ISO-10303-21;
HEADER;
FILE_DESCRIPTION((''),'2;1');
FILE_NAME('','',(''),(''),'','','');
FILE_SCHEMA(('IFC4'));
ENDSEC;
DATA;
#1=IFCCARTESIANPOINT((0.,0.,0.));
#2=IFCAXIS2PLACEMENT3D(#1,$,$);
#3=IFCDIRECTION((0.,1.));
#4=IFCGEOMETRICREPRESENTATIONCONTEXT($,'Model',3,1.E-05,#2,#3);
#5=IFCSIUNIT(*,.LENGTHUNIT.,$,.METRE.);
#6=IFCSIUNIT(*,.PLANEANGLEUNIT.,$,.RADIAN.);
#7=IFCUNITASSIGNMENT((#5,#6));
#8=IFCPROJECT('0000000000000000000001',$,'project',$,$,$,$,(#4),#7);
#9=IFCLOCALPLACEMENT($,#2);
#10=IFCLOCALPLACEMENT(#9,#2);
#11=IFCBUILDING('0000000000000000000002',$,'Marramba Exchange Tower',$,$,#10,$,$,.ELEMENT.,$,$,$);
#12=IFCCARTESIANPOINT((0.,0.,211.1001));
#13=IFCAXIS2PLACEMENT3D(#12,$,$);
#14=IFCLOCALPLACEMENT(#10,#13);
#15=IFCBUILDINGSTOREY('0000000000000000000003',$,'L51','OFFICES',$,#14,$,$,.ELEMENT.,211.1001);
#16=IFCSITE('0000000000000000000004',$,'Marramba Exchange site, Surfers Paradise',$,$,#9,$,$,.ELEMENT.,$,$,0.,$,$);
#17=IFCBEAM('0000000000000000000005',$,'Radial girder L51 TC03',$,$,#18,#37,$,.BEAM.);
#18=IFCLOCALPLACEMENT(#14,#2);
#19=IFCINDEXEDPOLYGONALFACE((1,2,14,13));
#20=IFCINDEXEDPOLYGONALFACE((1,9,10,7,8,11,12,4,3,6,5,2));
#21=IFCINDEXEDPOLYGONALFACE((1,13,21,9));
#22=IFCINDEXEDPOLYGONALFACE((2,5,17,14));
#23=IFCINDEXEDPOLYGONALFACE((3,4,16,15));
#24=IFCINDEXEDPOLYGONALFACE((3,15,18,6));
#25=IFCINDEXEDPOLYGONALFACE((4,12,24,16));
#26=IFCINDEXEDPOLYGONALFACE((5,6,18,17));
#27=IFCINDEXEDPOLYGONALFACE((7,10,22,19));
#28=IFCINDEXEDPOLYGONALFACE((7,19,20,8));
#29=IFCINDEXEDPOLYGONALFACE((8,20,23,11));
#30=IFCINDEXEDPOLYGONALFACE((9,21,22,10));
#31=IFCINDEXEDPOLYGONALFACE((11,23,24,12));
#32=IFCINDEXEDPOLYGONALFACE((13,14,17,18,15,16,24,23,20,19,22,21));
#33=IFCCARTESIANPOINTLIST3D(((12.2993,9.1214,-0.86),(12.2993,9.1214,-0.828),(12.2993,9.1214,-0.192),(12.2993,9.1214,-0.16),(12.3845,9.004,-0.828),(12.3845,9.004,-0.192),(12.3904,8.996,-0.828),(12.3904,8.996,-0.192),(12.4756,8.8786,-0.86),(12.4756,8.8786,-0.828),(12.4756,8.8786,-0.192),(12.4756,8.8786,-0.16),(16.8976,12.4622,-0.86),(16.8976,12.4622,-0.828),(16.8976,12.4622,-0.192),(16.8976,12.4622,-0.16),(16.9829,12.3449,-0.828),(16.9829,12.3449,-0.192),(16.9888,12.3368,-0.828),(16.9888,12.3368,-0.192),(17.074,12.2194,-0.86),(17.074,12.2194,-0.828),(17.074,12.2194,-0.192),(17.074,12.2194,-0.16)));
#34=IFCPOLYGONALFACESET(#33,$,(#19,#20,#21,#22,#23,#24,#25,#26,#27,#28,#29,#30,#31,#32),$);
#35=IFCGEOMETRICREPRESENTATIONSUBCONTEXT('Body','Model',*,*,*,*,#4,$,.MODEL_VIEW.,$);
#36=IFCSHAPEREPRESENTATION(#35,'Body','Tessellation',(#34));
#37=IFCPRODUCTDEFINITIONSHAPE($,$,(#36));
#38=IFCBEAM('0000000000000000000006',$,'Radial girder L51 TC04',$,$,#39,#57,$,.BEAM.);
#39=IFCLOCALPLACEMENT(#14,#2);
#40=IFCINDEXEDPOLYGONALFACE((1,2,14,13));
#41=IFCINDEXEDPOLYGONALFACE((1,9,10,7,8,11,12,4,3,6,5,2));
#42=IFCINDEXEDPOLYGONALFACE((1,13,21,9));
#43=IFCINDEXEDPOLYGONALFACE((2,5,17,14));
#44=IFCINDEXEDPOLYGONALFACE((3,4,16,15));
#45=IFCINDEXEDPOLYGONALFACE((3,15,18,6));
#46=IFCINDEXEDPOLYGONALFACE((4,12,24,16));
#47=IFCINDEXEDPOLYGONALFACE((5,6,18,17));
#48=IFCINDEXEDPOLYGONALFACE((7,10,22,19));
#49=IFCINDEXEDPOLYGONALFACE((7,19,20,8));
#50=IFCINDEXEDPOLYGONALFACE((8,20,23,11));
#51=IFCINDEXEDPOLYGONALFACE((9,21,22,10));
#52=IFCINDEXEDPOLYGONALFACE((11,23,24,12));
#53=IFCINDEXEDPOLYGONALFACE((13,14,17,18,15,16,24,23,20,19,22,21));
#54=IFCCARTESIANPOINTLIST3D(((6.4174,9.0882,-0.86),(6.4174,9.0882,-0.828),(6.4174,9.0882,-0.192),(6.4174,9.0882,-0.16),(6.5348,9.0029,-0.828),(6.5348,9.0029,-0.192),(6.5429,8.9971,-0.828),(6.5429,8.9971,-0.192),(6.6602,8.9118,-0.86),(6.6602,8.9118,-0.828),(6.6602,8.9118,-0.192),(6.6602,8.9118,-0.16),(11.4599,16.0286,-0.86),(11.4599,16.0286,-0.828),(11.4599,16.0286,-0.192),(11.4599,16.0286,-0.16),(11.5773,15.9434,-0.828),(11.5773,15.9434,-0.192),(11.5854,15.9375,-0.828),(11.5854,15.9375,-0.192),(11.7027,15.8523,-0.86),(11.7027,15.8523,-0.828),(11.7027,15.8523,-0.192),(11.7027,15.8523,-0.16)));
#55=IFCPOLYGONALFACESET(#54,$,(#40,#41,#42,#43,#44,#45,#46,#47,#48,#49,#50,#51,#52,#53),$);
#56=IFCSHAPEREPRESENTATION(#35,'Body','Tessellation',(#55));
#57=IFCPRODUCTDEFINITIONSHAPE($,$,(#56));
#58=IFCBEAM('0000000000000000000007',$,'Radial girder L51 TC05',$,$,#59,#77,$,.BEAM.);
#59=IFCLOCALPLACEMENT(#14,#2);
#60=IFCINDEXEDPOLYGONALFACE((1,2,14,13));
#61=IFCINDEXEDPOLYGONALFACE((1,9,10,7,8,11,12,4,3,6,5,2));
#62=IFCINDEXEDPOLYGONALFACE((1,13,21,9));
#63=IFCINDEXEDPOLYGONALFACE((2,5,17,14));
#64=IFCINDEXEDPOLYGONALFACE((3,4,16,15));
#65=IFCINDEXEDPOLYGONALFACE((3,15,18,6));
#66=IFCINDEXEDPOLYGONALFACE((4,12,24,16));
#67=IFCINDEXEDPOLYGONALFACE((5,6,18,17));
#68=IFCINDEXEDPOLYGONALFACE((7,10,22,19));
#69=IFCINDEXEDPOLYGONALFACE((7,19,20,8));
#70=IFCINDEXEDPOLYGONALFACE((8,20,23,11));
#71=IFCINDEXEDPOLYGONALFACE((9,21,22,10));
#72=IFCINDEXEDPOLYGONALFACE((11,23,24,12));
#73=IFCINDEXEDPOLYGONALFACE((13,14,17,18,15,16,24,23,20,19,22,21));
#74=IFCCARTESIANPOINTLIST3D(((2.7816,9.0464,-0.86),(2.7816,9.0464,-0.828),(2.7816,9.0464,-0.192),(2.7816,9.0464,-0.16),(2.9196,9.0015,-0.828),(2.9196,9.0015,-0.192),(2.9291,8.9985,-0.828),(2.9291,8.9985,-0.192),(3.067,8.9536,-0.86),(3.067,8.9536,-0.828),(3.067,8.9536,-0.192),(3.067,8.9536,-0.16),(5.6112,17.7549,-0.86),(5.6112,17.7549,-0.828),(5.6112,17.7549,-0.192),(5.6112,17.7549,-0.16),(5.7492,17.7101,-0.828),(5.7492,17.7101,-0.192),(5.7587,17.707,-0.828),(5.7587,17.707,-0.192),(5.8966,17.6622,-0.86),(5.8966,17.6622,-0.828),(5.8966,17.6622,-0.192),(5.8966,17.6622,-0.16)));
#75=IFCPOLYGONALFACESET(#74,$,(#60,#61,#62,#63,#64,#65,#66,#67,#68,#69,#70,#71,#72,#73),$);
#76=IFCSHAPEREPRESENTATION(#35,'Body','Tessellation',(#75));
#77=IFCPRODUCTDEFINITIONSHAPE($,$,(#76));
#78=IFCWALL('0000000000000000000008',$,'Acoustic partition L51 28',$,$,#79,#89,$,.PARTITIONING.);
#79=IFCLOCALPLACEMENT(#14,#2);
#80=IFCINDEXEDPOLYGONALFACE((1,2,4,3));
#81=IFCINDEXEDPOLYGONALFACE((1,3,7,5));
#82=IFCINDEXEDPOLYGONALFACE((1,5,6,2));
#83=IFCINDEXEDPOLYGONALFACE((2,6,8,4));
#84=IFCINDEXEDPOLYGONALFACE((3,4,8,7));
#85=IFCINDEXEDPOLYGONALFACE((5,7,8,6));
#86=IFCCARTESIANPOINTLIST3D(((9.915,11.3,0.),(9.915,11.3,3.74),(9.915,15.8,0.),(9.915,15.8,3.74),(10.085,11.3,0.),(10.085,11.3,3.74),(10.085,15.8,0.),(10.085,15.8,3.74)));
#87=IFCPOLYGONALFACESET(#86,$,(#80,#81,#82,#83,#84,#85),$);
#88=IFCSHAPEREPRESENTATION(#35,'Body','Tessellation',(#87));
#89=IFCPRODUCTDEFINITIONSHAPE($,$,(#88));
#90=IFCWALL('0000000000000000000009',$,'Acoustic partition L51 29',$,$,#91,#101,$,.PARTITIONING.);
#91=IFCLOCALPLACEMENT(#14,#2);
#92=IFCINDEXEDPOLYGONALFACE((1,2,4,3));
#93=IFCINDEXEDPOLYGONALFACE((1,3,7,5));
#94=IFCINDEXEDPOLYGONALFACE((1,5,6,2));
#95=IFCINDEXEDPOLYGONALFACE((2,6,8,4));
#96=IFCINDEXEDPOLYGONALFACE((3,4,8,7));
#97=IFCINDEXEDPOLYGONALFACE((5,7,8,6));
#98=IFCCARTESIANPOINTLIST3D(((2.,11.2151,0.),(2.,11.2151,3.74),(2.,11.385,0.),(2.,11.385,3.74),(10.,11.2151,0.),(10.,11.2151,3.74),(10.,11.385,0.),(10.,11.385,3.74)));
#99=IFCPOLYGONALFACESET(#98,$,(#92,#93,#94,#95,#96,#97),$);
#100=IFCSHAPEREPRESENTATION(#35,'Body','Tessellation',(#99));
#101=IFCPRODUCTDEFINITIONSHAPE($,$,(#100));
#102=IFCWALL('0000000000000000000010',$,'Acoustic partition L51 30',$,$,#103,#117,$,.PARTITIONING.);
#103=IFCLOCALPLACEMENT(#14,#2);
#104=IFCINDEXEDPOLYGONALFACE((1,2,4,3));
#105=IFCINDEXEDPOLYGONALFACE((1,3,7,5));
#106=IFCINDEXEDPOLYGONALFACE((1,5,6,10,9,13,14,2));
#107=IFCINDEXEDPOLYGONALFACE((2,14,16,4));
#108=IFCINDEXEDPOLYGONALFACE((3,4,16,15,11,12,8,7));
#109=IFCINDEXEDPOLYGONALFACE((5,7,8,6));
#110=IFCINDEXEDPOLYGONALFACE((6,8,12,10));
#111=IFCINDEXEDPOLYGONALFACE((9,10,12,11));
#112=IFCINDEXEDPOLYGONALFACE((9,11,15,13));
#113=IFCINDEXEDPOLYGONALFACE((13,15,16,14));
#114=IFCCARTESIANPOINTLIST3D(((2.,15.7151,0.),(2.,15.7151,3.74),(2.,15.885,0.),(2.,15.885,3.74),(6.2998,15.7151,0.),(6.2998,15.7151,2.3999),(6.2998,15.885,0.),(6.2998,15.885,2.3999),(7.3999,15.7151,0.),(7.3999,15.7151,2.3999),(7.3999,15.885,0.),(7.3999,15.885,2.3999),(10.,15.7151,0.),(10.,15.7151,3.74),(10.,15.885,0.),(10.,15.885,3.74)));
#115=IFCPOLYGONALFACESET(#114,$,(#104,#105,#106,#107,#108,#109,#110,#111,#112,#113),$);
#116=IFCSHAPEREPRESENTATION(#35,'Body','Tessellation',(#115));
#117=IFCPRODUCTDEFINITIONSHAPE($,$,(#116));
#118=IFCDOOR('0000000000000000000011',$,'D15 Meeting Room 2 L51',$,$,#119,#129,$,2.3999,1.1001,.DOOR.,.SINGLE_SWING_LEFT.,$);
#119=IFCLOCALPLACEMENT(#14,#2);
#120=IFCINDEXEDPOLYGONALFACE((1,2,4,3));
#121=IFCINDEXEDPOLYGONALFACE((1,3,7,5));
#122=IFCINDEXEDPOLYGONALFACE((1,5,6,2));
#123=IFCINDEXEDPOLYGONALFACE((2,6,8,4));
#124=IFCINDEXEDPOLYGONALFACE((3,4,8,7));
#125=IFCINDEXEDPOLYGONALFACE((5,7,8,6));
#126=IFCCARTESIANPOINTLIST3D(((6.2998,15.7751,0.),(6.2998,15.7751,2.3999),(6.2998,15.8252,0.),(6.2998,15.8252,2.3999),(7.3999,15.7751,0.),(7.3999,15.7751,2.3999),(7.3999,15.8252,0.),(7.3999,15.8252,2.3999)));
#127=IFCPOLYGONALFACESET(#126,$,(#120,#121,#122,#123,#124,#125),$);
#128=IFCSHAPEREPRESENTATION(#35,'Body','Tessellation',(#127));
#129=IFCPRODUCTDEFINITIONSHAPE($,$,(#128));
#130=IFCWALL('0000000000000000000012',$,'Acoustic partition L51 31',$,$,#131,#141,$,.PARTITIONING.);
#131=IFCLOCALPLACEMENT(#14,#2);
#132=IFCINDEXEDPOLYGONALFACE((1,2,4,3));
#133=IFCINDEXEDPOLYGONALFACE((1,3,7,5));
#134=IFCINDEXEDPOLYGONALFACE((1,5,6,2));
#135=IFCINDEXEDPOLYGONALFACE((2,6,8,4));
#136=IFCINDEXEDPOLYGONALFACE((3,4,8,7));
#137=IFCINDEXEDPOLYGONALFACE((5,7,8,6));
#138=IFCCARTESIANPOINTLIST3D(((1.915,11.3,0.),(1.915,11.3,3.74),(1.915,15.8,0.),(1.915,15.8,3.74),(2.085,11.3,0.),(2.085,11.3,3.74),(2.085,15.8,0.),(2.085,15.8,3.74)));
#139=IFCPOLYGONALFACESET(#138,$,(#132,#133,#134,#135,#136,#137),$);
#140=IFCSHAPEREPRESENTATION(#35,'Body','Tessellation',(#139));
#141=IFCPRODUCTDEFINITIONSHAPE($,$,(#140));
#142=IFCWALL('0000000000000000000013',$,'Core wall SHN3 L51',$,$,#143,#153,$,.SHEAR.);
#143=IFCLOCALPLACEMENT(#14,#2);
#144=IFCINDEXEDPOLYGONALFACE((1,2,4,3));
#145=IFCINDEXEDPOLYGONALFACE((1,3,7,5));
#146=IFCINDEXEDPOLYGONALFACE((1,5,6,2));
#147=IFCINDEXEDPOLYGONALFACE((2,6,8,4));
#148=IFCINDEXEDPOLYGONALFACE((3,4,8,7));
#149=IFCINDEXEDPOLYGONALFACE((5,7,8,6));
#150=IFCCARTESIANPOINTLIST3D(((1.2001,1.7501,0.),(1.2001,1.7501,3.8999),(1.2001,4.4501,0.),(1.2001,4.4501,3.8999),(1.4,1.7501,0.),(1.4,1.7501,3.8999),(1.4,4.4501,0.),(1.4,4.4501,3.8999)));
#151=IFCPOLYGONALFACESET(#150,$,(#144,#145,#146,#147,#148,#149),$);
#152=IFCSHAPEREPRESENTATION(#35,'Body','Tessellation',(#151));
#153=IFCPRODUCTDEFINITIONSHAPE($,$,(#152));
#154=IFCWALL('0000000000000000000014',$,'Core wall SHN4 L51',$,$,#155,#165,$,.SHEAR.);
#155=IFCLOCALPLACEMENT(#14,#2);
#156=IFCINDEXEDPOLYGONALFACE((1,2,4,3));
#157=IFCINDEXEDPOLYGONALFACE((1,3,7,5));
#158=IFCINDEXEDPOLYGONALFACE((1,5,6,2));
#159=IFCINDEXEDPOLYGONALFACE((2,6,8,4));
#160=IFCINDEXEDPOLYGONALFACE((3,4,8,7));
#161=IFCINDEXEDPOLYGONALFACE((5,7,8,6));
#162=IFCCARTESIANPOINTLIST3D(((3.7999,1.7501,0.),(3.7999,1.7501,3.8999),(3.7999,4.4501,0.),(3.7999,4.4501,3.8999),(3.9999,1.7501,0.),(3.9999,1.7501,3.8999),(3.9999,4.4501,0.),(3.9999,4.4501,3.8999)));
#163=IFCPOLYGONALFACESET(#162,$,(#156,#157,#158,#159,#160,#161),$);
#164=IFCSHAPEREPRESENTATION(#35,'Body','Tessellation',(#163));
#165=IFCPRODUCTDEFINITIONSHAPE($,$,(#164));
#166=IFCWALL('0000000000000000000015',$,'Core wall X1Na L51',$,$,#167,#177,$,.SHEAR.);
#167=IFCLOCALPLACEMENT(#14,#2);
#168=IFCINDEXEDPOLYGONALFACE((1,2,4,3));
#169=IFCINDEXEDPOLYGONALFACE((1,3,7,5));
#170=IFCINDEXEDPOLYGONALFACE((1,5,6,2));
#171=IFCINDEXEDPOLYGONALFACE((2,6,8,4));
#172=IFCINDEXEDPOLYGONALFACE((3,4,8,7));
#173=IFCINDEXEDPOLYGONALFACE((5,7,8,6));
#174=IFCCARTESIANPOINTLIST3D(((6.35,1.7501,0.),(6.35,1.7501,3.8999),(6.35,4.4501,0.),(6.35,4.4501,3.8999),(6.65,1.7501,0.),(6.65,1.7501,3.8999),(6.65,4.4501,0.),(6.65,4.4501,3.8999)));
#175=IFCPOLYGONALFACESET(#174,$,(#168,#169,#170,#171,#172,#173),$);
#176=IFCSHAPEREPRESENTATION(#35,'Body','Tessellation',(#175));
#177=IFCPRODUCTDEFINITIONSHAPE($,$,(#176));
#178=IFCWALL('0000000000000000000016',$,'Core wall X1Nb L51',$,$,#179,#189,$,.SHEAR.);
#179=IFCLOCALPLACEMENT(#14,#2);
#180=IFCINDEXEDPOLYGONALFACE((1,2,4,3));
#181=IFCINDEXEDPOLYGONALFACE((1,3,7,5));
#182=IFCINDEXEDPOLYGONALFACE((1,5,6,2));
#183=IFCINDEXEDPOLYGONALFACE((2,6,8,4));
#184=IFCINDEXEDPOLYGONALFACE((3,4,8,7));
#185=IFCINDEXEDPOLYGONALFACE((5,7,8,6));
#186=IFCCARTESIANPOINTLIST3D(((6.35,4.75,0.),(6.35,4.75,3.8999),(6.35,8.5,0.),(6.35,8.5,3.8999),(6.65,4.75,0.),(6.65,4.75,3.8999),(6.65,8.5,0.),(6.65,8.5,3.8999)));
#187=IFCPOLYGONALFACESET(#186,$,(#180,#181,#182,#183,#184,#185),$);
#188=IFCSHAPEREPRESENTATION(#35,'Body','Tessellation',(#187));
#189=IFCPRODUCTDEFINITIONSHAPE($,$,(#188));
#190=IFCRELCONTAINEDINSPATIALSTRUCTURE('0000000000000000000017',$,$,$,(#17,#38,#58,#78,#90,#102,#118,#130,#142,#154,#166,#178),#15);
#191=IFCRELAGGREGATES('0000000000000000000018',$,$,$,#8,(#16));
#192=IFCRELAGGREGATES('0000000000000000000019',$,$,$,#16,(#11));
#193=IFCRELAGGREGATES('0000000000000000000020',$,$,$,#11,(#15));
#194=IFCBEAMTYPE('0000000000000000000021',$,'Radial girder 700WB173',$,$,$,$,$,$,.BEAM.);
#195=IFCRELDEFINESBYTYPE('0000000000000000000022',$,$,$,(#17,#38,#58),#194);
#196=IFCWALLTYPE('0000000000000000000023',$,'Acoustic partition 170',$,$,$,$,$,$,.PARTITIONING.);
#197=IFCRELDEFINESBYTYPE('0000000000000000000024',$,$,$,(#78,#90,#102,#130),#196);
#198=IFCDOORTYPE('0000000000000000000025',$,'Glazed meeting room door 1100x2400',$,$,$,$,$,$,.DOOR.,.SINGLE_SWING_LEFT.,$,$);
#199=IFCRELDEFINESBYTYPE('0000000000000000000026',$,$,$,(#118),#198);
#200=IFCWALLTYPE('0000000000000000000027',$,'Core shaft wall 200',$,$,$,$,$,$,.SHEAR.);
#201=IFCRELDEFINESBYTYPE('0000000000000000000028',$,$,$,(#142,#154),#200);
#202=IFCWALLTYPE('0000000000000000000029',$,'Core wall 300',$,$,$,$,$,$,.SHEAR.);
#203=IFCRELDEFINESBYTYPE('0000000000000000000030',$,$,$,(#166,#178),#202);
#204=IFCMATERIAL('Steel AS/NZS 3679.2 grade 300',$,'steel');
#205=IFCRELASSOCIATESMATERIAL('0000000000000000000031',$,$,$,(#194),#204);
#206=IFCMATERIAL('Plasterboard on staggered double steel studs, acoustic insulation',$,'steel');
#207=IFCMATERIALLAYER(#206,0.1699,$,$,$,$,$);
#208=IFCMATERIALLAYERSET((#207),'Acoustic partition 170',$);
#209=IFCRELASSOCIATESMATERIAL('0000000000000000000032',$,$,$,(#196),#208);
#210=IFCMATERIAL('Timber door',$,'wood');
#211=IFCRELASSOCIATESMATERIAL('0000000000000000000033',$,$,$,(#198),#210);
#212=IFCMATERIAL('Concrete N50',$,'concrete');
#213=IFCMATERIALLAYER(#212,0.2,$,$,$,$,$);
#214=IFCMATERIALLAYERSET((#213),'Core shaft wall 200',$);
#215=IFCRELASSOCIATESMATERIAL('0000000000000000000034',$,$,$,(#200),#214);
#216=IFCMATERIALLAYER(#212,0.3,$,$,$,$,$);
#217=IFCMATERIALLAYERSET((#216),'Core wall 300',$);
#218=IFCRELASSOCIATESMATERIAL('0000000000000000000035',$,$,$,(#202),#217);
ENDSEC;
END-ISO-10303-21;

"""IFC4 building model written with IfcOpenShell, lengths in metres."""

from ifc_helpers import new_model, si_unit, direction, frame, frame_2d, origin, origin_2d, place, context, subcontext, project, spatial, rectangle, i_section, extrude, material, layer, layer_set, material_profile, profile_set, type_object, element, fill, save


model = new_model("IFC4")

# Units and contexts
model_context = context("Model", 3, precision=1e-05, world=origin(), true_north=direction((0.0, 1.0)))
body_context = subcontext(model_context, "Body", "Model", "MODEL_VIEW")
ifc_project = project(units=[si_unit("LENGTHUNIT", "METRE"), si_unit("PLANEANGLEUNIT", "RADIAN")], contexts=[model_context])

# Site, building, storey
site_placement = place(None, origin())
site = spatial("IfcSite", under=ifc_project, at=site_placement, Name="Marramba Exchange site, Surfers Paradise", CompositionType="ELEMENT", RefElevation=0.0)
building_placement = place(site_placement, origin())
building = spatial("IfcBuilding", under=site, at=building_placement, Name="Marramba Exchange Tower", CompositionType="ELEMENT")
storey_placement = place(building_placement, frame((0.0, 0.0, 211.1001)))
storey = spatial("IfcBuildingStorey", under=building, at=storey_placement, Name="L51", Description="OFFICES", CompositionType="ELEMENT", Elevation=211.1001)

# Beams
ifc_material_1 = material(Name="Steel AS/NZS 3679.2 grade 300", Category="steel")
ifc_material_profile_1 = material_profile(ifc_material_1, i_section(OverallWidth=0.3, OverallDepth=0.7, WebThickness=0.01, FlangeThickness=0.032, at=origin_2d()), Name="700WB173")
ifc_profile_set_1 = profile_set([ifc_material_profile_1], Name="Steel AS/NZS 3679.2 grade 300")
beam_type_1 = type_object("IfcBeamType", Name="Radial girder 700WB173", PredefinedType="BEAM", material=ifc_profile_set_1)
beam_1_placement = place(storey_placement, frame((12.3875, 9.0, -0.51), z_axis=(0.809026, 0.587773, 0.0), x_axis=(-0.587773, 0.809026, 0.0)))
element("IfcBeam", 1, at=beam_1_placement, inside=storey, type_object=beam_type_1, Name="Radial girder L51 TC03", PredefinedType="BEAM", context=body_context, shape_type="SweptSolid", body=[
    extrude(i_section(OverallWidth=0.3, OverallDepth=0.7, WebThickness=0.01, FlangeThickness=0.032, at=origin_2d()), origin(), (0.0, 0.0, 1.0), 5.6838),
])
beam_2_placement = place(storey_placement, frame((6.5388, 9.0, -0.51), z_axis=(0.587782, 0.809019, 0.0), x_axis=(-0.809019, 0.587782, 0.0)))
element("IfcBeam", 2, at=beam_2_placement, inside=storey, type_object=beam_type_1, Name="Radial girder L51 TC04", PredefinedType="BEAM", context=body_context, shape_type="SweptSolid", body=[
    extrude(i_section(OverallWidth=0.3, OverallDepth=0.7, WebThickness=0.01, FlangeThickness=0.032, at=origin_2d()), origin(), (0.0, 0.0, 1.0), 8.5789),
])
beam_3_placement = place(storey_placement, frame((2.9243, 9.0, -0.51), z_axis=(0.30902, 0.951056, 0.0), x_axis=(-0.951056, 0.30902, 0.0)))
element("IfcBeam", 3, at=beam_3_placement, inside=storey, type_object=beam_type_1, Name="Radial girder L51 TC05", PredefinedType="BEAM", context=body_context, shape_type="SweptSolid", body=[
    extrude(i_section(OverallWidth=0.3, OverallDepth=0.7, WebThickness=0.01, FlangeThickness=0.032, at=origin_2d()), origin(), (0.0, 0.0, 1.0), 9.1567),
])

# Walls
ifc_material_2 = material(Name="Plasterboard on staggered double steel studs, acoustic insulation", Category="steel")
ifc_layer_1 = layer(ifc_material_2, 0.1699)
ifc_layer_set_1 = layer_set([ifc_layer_1], Name="Acoustic partition 170")
wall_type_1 = type_object("IfcWallType", Name="Acoustic partition 170", PredefinedType="PARTITIONING", material=ifc_layer_set_1)
wall_1_placement = place(storey_placement, frame((10.0, 11.3, 0.0), z_axis=(0.0, 0.0, 1.0), x_axis=(0.0, 1.0, 0.0)))
element("IfcWall", 4, at=wall_1_placement, inside=storey, type_object=wall_type_1, Name="Acoustic partition L51 28", PredefinedType="PARTITIONING", context=body_context, shape_type="SweptSolid", body=[
    extrude(rectangle(XDim=4.5, YDim=0.1699, at=frame_2d((2.25, 0.0))), origin(), (0.0, 0.0, 1.0), 3.74),
])
wall_2_placement = place(storey_placement, frame((2.0, 11.3, 0.0), z_axis=(0.0, 0.0, 1.0), x_axis=(1.0, 0.0, 0.0)))
element("IfcWall", 5, at=wall_2_placement, inside=storey, type_object=wall_type_1, Name="Acoustic partition L51 29", PredefinedType="PARTITIONING", context=body_context, shape_type="SweptSolid", body=[
    extrude(rectangle(XDim=8.0, YDim=0.1699, at=frame_2d((4.0, 0.0))), origin(), (0.0, 0.0, 1.0), 3.74),
])

# Wall, opening, door
wall_3_placement = place(storey_placement, frame((10.0, 15.8, 0.0), z_axis=(0.0, 0.0, 1.0), x_axis=(-1.0, 0.0, 0.0)))
wall_3 = element("IfcWall", 6, at=wall_3_placement, inside=storey, type_object=wall_type_1, Name="Acoustic partition L51 30", PredefinedType="PARTITIONING", context=body_context, shape_type="SweptSolid", body=[
    extrude(rectangle(XDim=8.0, YDim=0.1699, at=frame_2d((4.0, 0.0))), origin(), (0.0, 0.0, 1.0), 3.74),
])
opening_placement = place(wall_3_placement, frame((2.6001, 0.0, 0.0)))
opening = element("IfcOpeningElement", 7, at=opening_placement, cuts=wall_3, PredefinedType="OPENING", context=body_context, shape_type="SweptSolid", body=[
    extrude(rectangle(XDim=1.1001, YDim=2.3999, at=frame_2d((0.55, 1.2))), frame((0.0, 0.095, 0.0), z_axis=(0.0, -1.0, 0.0), x_axis=(1.0, 0.0, 0.0)), (0.0, 0.0, 1.0), 0.1899),
])
ifc_material_3 = material(Name="Timber door", Category="wood")
door_type = type_object("IfcDoorType", Name="Glazed meeting room door 1100x2400", OperationType="SINGLE_SWING_LEFT", PredefinedType="DOOR", material=ifc_material_3)
door_placement = place(opening_placement, origin())
door = element("IfcDoor", 8, at=door_placement, inside=storey, type_object=door_type, Name="D15 Meeting Room 2 L51", OperationType="SINGLE_SWING_LEFT", OverallHeight=2.3999, OverallWidth=1.1001, PredefinedType="DOOR", context=body_context, shape_type="SweptSolid", body=[
    extrude(rectangle(XDim=1.1001, YDim=2.3999, at=frame_2d((0.55, 1.2))), frame((0.0, 0.0249, 0.0), z_axis=(0.0, -1.0, 0.0), x_axis=(1.0, 0.0, 0.0)), (0.0, 0.0, 1.0), 0.05),
])
fill(opening, door)

# Walls
wall_4_placement = place(storey_placement, frame((2.0, 15.8, 0.0), z_axis=(0.0, 0.0, 1.0), x_axis=(0.0, -1.0, 0.0)))
element("IfcWall", 9, at=wall_4_placement, inside=storey, type_object=wall_type_1, Name="Acoustic partition L51 31", PredefinedType="PARTITIONING", context=body_context, shape_type="SweptSolid", body=[
    extrude(rectangle(XDim=4.5, YDim=0.1699, at=frame_2d((2.25, 0.0))), origin(), (0.0, 0.0, 1.0), 3.74),
])
ifc_material_4 = material(Name="Concrete N50", Category="concrete")
ifc_layer_2 = layer(ifc_material_4, 0.2)
ifc_layer_set_2 = layer_set([ifc_layer_2], Name="Core shaft wall 200")
wall_type_2 = type_object("IfcWallType", Name="Core shaft wall 200", PredefinedType="SHEAR", material=ifc_layer_set_2)
for number, where, z_axis, x_axis, name in (
    (10, (1.3, 1.75, 0.0), (0.0, 0.0, 1.0), (0.0, 1.0, 0.0), "Core wall SHN3 L51"),
    (11, (3.8999, 1.75, 0.0), (0.0, 0.0, 1.0), (0.0, 1.0, 0.0), "Core wall SHN4 L51"),
):
    element("IfcWall", number, at=place(storey_placement, frame(where, z_axis=z_axis, x_axis=x_axis)), inside=storey, type_object=wall_type_2, Name=name, PredefinedType="SHEAR", context=body_context, shape_type="SweptSolid", body=[
        extrude(rectangle(XDim=2.7, YDim=0.2, at=frame_2d((1.3501, 0.0))), origin(), (0.0, 0.0, 1.0), 3.8999),
    ])
ifc_layer_3 = layer(ifc_material_4, 0.3)
ifc_layer_set_3 = layer_set([ifc_layer_3], Name="Core wall 300")
wall_type_3 = type_object("IfcWallType", Name="Core wall 300", PredefinedType="SHEAR", material=ifc_layer_set_3)
wall_5_placement = place(storey_placement, frame((6.5, 1.75, 0.0), z_axis=(0.0, 0.0, 1.0), x_axis=(0.0, 1.0, 0.0)))
element("IfcWall", 12, at=wall_5_placement, inside=storey, type_object=wall_type_3, Name="Core wall X1Na L51", PredefinedType="SHEAR", context=body_context, shape_type="SweptSolid", body=[
    extrude(rectangle(XDim=2.7, YDim=0.3, at=frame_2d((1.3501, 0.0))), origin(), (0.0, 0.0, 1.0), 3.8999),
])
wall_6_placement = place(storey_placement, frame((6.5, 4.75, 0.0), z_axis=(0.0, 0.0, 1.0), x_axis=(0.0, 1.0, 0.0)))
element("IfcWall", 13, at=wall_6_placement, inside=storey, type_object=wall_type_3, Name="Core wall X1Nb L51", PredefinedType="SHEAR", context=body_context, shape_type="SweptSolid", body=[
    extrude(rectangle(XDim=3.75, YDim=0.3, at=frame_2d((1.875, 0.0))), origin(), (0.0, 0.0, 1.0), 3.8999),
])

save(model, "model.ifc")
